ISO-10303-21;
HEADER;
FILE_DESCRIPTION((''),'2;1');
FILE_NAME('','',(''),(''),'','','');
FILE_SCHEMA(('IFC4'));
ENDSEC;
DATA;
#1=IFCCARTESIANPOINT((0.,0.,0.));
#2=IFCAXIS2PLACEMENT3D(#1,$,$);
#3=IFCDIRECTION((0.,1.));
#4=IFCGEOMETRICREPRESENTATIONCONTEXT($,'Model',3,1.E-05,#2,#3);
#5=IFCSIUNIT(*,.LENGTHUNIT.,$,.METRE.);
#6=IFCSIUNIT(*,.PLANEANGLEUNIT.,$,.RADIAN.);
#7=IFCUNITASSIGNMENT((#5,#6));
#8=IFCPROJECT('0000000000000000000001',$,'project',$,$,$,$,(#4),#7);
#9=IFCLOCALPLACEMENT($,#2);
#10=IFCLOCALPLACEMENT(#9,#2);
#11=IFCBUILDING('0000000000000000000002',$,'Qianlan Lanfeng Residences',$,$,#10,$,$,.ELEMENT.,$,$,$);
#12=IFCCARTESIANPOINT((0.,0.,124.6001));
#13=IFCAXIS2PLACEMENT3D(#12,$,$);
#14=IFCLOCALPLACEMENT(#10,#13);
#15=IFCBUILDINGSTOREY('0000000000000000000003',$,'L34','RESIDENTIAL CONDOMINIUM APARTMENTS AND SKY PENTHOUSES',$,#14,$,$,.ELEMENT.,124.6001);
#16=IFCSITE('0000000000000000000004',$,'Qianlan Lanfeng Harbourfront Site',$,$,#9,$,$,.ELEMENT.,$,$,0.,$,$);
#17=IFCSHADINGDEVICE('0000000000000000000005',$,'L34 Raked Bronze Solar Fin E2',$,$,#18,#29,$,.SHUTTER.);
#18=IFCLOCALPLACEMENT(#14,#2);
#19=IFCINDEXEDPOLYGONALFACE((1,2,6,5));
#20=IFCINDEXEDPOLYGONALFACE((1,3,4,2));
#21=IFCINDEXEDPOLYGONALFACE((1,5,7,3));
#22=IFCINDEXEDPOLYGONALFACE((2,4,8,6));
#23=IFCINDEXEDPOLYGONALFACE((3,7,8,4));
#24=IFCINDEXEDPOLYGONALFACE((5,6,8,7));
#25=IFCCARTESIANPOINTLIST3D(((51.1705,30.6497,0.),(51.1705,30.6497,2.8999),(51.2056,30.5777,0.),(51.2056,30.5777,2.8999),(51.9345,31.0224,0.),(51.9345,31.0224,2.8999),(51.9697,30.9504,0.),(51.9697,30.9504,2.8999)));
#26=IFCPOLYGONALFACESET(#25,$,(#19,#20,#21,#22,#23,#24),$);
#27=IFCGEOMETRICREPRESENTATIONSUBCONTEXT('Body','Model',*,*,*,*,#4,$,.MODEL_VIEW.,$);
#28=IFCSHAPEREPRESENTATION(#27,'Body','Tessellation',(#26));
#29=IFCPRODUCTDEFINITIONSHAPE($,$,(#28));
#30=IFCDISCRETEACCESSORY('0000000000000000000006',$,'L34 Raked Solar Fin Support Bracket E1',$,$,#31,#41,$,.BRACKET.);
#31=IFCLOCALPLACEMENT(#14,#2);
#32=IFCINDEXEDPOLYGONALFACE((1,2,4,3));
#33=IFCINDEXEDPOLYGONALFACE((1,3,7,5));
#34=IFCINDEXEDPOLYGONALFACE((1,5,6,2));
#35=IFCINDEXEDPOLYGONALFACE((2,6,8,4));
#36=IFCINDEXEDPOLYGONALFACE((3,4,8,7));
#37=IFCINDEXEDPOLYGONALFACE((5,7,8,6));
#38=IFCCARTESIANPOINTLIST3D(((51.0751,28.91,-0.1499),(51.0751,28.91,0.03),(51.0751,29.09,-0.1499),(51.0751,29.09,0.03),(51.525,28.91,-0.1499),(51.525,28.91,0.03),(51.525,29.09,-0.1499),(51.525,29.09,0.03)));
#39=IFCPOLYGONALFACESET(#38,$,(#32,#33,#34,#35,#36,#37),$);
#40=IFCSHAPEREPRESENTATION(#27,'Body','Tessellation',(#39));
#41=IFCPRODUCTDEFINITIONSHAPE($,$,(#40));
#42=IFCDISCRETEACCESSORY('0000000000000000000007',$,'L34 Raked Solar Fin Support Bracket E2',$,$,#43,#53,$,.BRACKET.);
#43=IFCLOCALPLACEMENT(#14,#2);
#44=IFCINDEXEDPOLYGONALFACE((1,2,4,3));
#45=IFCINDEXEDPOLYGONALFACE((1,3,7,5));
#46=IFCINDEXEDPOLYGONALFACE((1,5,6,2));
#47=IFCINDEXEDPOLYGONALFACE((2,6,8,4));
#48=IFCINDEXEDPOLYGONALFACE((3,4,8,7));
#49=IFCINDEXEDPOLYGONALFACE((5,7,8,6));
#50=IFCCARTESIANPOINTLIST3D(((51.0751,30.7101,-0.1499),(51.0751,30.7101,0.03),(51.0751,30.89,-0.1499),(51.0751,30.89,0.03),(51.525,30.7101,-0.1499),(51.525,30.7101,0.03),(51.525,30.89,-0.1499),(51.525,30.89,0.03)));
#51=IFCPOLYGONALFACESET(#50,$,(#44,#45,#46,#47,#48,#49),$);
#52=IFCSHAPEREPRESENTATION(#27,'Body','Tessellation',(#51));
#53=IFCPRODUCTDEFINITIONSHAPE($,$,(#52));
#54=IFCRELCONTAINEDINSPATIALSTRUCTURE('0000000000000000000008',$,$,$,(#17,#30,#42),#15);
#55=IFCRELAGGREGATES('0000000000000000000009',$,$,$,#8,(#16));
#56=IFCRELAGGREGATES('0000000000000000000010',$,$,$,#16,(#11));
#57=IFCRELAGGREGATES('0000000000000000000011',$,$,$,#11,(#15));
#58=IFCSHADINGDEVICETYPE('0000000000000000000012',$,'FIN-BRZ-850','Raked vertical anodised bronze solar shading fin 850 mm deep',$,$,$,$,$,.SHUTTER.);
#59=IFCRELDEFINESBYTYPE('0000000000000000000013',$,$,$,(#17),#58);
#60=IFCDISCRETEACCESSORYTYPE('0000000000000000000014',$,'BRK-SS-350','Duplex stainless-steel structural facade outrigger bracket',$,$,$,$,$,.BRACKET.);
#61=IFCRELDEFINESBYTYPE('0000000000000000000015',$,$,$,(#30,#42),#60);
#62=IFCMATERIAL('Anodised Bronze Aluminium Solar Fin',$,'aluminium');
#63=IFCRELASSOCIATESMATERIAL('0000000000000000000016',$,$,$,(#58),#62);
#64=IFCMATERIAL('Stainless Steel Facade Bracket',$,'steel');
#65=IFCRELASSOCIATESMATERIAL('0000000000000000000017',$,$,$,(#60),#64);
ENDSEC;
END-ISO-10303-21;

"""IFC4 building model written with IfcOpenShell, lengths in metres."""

from ifc_helpers import new_model, si_unit, direction, frame, origin, origin_2d, place, context, subcontext, project, spatial, rectangle, extrude, source, transform, mapped, material, type_object, element, save


model = new_model("IFC4")

# Units and contexts
model_context = context("Model", 3, precision=1e-05, world=origin(), true_north=direction((0.0, 1.0)))
body_context = subcontext(model_context, "Body", "Model", "MODEL_VIEW")
ifc_project = project(units=[si_unit("LENGTHUNIT", "METRE"), si_unit("PLANEANGLEUNIT", "RADIAN")], contexts=[model_context])

# Site, building, storey
site_placement = place(None, origin())
site = spatial("IfcSite", under=ifc_project, at=site_placement, Name="Qianlan Lanfeng Harbourfront Site", CompositionType="ELEMENT", RefElevation=0.0)
building_placement = place(site_placement, origin())
building = spatial("IfcBuilding", under=site, at=building_placement, Name="Qianlan Lanfeng Residences", CompositionType="ELEMENT")
storey_placement = place(building_placement, frame((0.0, 0.0, 124.6001)))
storey = spatial("IfcBuildingStorey", under=building, at=storey_placement, Name="L34", Description="RESIDENTIAL CONDOMINIUM APARTMENTS AND SKY PENTHOUSES", CompositionType="ELEMENT", Elevation=124.6001)

# Shading device
ifc_material_1 = material(Name="Anodised Bronze Aluminium Solar Fin", Category="aluminium")
shading_device_type = type_object("IfcShadingDeviceType", Name="FIN-BRZ-850", Description="Raked vertical anodised bronze solar shading fin 850 mm deep", PredefinedType="SHUTTER", material=ifc_material_1)
shared_shape_1 = source(origin(), body_context, "Body", "SweptSolid", [
    extrude(rectangle(XDim=0.8501, YDim=0.0801, at=origin_2d()), origin(), (0.0, 0.0, 1.0), 2.8999),
])
for number, where, z_axis, x_axis, name in (
    (1, (51.5701, 30.8, 0.0), (0.0, 0.0, 1.0), (0.898794, 0.438371, 0.0), "L34 Raked Bronze Solar Fin E2"),
):
    element("IfcShadingDevice", number, at=place(storey_placement, frame(where, z_axis=z_axis, x_axis=x_axis)), inside=storey, type_object=shading_device_type, Name=name, PredefinedType="SHUTTER", context=body_context, shape_type="MappedRepresentation", body=[
        mapped(shared_shape_1, transform((0.0, 0.0, 0.0), scale=1.0)),
    ])

# Discrete accessories
ifc_material_2 = material(Name="Stainless Steel Facade Bracket", Category="steel")
discrete_accessory_type = type_object("IfcDiscreteAccessoryType", Name="BRK-SS-350", Description="Duplex stainless-steel structural facade outrigger bracket", PredefinedType="BRACKET", material=ifc_material_2)
shared_shape_2 = source(origin(), body_context, "Body", "SweptSolid", [
    extrude(rectangle(XDim=0.45, YDim=0.1799, at=origin_2d()), origin(), (0.0, 0.0, 1.0), 0.1799),
])
for number, where, z_axis, x_axis, name in (
    (2, (51.3, 29.0, -0.1499), (0.0, 0.0, 1.0), (1.0, 0.0, 0.0), "L34 Raked Solar Fin Support Bracket E1"),
    (3, (51.3, 30.8, -0.1499), (0.0, 0.0, 1.0), (1.0, 0.0, 0.0), "L34 Raked Solar Fin Support Bracket E2"),
):
    element("IfcDiscreteAccessory", number, at=place(storey_placement, frame(where, z_axis=z_axis, x_axis=x_axis)), inside=storey, type_object=discrete_accessory_type, Name=name, PredefinedType="BRACKET", context=body_context, shape_type="MappedRepresentation", body=[
        mapped(shared_shape_2, transform((0.0, 0.0, 0.0), scale=1.0)),
    ])

save(model, "model.ifc")
